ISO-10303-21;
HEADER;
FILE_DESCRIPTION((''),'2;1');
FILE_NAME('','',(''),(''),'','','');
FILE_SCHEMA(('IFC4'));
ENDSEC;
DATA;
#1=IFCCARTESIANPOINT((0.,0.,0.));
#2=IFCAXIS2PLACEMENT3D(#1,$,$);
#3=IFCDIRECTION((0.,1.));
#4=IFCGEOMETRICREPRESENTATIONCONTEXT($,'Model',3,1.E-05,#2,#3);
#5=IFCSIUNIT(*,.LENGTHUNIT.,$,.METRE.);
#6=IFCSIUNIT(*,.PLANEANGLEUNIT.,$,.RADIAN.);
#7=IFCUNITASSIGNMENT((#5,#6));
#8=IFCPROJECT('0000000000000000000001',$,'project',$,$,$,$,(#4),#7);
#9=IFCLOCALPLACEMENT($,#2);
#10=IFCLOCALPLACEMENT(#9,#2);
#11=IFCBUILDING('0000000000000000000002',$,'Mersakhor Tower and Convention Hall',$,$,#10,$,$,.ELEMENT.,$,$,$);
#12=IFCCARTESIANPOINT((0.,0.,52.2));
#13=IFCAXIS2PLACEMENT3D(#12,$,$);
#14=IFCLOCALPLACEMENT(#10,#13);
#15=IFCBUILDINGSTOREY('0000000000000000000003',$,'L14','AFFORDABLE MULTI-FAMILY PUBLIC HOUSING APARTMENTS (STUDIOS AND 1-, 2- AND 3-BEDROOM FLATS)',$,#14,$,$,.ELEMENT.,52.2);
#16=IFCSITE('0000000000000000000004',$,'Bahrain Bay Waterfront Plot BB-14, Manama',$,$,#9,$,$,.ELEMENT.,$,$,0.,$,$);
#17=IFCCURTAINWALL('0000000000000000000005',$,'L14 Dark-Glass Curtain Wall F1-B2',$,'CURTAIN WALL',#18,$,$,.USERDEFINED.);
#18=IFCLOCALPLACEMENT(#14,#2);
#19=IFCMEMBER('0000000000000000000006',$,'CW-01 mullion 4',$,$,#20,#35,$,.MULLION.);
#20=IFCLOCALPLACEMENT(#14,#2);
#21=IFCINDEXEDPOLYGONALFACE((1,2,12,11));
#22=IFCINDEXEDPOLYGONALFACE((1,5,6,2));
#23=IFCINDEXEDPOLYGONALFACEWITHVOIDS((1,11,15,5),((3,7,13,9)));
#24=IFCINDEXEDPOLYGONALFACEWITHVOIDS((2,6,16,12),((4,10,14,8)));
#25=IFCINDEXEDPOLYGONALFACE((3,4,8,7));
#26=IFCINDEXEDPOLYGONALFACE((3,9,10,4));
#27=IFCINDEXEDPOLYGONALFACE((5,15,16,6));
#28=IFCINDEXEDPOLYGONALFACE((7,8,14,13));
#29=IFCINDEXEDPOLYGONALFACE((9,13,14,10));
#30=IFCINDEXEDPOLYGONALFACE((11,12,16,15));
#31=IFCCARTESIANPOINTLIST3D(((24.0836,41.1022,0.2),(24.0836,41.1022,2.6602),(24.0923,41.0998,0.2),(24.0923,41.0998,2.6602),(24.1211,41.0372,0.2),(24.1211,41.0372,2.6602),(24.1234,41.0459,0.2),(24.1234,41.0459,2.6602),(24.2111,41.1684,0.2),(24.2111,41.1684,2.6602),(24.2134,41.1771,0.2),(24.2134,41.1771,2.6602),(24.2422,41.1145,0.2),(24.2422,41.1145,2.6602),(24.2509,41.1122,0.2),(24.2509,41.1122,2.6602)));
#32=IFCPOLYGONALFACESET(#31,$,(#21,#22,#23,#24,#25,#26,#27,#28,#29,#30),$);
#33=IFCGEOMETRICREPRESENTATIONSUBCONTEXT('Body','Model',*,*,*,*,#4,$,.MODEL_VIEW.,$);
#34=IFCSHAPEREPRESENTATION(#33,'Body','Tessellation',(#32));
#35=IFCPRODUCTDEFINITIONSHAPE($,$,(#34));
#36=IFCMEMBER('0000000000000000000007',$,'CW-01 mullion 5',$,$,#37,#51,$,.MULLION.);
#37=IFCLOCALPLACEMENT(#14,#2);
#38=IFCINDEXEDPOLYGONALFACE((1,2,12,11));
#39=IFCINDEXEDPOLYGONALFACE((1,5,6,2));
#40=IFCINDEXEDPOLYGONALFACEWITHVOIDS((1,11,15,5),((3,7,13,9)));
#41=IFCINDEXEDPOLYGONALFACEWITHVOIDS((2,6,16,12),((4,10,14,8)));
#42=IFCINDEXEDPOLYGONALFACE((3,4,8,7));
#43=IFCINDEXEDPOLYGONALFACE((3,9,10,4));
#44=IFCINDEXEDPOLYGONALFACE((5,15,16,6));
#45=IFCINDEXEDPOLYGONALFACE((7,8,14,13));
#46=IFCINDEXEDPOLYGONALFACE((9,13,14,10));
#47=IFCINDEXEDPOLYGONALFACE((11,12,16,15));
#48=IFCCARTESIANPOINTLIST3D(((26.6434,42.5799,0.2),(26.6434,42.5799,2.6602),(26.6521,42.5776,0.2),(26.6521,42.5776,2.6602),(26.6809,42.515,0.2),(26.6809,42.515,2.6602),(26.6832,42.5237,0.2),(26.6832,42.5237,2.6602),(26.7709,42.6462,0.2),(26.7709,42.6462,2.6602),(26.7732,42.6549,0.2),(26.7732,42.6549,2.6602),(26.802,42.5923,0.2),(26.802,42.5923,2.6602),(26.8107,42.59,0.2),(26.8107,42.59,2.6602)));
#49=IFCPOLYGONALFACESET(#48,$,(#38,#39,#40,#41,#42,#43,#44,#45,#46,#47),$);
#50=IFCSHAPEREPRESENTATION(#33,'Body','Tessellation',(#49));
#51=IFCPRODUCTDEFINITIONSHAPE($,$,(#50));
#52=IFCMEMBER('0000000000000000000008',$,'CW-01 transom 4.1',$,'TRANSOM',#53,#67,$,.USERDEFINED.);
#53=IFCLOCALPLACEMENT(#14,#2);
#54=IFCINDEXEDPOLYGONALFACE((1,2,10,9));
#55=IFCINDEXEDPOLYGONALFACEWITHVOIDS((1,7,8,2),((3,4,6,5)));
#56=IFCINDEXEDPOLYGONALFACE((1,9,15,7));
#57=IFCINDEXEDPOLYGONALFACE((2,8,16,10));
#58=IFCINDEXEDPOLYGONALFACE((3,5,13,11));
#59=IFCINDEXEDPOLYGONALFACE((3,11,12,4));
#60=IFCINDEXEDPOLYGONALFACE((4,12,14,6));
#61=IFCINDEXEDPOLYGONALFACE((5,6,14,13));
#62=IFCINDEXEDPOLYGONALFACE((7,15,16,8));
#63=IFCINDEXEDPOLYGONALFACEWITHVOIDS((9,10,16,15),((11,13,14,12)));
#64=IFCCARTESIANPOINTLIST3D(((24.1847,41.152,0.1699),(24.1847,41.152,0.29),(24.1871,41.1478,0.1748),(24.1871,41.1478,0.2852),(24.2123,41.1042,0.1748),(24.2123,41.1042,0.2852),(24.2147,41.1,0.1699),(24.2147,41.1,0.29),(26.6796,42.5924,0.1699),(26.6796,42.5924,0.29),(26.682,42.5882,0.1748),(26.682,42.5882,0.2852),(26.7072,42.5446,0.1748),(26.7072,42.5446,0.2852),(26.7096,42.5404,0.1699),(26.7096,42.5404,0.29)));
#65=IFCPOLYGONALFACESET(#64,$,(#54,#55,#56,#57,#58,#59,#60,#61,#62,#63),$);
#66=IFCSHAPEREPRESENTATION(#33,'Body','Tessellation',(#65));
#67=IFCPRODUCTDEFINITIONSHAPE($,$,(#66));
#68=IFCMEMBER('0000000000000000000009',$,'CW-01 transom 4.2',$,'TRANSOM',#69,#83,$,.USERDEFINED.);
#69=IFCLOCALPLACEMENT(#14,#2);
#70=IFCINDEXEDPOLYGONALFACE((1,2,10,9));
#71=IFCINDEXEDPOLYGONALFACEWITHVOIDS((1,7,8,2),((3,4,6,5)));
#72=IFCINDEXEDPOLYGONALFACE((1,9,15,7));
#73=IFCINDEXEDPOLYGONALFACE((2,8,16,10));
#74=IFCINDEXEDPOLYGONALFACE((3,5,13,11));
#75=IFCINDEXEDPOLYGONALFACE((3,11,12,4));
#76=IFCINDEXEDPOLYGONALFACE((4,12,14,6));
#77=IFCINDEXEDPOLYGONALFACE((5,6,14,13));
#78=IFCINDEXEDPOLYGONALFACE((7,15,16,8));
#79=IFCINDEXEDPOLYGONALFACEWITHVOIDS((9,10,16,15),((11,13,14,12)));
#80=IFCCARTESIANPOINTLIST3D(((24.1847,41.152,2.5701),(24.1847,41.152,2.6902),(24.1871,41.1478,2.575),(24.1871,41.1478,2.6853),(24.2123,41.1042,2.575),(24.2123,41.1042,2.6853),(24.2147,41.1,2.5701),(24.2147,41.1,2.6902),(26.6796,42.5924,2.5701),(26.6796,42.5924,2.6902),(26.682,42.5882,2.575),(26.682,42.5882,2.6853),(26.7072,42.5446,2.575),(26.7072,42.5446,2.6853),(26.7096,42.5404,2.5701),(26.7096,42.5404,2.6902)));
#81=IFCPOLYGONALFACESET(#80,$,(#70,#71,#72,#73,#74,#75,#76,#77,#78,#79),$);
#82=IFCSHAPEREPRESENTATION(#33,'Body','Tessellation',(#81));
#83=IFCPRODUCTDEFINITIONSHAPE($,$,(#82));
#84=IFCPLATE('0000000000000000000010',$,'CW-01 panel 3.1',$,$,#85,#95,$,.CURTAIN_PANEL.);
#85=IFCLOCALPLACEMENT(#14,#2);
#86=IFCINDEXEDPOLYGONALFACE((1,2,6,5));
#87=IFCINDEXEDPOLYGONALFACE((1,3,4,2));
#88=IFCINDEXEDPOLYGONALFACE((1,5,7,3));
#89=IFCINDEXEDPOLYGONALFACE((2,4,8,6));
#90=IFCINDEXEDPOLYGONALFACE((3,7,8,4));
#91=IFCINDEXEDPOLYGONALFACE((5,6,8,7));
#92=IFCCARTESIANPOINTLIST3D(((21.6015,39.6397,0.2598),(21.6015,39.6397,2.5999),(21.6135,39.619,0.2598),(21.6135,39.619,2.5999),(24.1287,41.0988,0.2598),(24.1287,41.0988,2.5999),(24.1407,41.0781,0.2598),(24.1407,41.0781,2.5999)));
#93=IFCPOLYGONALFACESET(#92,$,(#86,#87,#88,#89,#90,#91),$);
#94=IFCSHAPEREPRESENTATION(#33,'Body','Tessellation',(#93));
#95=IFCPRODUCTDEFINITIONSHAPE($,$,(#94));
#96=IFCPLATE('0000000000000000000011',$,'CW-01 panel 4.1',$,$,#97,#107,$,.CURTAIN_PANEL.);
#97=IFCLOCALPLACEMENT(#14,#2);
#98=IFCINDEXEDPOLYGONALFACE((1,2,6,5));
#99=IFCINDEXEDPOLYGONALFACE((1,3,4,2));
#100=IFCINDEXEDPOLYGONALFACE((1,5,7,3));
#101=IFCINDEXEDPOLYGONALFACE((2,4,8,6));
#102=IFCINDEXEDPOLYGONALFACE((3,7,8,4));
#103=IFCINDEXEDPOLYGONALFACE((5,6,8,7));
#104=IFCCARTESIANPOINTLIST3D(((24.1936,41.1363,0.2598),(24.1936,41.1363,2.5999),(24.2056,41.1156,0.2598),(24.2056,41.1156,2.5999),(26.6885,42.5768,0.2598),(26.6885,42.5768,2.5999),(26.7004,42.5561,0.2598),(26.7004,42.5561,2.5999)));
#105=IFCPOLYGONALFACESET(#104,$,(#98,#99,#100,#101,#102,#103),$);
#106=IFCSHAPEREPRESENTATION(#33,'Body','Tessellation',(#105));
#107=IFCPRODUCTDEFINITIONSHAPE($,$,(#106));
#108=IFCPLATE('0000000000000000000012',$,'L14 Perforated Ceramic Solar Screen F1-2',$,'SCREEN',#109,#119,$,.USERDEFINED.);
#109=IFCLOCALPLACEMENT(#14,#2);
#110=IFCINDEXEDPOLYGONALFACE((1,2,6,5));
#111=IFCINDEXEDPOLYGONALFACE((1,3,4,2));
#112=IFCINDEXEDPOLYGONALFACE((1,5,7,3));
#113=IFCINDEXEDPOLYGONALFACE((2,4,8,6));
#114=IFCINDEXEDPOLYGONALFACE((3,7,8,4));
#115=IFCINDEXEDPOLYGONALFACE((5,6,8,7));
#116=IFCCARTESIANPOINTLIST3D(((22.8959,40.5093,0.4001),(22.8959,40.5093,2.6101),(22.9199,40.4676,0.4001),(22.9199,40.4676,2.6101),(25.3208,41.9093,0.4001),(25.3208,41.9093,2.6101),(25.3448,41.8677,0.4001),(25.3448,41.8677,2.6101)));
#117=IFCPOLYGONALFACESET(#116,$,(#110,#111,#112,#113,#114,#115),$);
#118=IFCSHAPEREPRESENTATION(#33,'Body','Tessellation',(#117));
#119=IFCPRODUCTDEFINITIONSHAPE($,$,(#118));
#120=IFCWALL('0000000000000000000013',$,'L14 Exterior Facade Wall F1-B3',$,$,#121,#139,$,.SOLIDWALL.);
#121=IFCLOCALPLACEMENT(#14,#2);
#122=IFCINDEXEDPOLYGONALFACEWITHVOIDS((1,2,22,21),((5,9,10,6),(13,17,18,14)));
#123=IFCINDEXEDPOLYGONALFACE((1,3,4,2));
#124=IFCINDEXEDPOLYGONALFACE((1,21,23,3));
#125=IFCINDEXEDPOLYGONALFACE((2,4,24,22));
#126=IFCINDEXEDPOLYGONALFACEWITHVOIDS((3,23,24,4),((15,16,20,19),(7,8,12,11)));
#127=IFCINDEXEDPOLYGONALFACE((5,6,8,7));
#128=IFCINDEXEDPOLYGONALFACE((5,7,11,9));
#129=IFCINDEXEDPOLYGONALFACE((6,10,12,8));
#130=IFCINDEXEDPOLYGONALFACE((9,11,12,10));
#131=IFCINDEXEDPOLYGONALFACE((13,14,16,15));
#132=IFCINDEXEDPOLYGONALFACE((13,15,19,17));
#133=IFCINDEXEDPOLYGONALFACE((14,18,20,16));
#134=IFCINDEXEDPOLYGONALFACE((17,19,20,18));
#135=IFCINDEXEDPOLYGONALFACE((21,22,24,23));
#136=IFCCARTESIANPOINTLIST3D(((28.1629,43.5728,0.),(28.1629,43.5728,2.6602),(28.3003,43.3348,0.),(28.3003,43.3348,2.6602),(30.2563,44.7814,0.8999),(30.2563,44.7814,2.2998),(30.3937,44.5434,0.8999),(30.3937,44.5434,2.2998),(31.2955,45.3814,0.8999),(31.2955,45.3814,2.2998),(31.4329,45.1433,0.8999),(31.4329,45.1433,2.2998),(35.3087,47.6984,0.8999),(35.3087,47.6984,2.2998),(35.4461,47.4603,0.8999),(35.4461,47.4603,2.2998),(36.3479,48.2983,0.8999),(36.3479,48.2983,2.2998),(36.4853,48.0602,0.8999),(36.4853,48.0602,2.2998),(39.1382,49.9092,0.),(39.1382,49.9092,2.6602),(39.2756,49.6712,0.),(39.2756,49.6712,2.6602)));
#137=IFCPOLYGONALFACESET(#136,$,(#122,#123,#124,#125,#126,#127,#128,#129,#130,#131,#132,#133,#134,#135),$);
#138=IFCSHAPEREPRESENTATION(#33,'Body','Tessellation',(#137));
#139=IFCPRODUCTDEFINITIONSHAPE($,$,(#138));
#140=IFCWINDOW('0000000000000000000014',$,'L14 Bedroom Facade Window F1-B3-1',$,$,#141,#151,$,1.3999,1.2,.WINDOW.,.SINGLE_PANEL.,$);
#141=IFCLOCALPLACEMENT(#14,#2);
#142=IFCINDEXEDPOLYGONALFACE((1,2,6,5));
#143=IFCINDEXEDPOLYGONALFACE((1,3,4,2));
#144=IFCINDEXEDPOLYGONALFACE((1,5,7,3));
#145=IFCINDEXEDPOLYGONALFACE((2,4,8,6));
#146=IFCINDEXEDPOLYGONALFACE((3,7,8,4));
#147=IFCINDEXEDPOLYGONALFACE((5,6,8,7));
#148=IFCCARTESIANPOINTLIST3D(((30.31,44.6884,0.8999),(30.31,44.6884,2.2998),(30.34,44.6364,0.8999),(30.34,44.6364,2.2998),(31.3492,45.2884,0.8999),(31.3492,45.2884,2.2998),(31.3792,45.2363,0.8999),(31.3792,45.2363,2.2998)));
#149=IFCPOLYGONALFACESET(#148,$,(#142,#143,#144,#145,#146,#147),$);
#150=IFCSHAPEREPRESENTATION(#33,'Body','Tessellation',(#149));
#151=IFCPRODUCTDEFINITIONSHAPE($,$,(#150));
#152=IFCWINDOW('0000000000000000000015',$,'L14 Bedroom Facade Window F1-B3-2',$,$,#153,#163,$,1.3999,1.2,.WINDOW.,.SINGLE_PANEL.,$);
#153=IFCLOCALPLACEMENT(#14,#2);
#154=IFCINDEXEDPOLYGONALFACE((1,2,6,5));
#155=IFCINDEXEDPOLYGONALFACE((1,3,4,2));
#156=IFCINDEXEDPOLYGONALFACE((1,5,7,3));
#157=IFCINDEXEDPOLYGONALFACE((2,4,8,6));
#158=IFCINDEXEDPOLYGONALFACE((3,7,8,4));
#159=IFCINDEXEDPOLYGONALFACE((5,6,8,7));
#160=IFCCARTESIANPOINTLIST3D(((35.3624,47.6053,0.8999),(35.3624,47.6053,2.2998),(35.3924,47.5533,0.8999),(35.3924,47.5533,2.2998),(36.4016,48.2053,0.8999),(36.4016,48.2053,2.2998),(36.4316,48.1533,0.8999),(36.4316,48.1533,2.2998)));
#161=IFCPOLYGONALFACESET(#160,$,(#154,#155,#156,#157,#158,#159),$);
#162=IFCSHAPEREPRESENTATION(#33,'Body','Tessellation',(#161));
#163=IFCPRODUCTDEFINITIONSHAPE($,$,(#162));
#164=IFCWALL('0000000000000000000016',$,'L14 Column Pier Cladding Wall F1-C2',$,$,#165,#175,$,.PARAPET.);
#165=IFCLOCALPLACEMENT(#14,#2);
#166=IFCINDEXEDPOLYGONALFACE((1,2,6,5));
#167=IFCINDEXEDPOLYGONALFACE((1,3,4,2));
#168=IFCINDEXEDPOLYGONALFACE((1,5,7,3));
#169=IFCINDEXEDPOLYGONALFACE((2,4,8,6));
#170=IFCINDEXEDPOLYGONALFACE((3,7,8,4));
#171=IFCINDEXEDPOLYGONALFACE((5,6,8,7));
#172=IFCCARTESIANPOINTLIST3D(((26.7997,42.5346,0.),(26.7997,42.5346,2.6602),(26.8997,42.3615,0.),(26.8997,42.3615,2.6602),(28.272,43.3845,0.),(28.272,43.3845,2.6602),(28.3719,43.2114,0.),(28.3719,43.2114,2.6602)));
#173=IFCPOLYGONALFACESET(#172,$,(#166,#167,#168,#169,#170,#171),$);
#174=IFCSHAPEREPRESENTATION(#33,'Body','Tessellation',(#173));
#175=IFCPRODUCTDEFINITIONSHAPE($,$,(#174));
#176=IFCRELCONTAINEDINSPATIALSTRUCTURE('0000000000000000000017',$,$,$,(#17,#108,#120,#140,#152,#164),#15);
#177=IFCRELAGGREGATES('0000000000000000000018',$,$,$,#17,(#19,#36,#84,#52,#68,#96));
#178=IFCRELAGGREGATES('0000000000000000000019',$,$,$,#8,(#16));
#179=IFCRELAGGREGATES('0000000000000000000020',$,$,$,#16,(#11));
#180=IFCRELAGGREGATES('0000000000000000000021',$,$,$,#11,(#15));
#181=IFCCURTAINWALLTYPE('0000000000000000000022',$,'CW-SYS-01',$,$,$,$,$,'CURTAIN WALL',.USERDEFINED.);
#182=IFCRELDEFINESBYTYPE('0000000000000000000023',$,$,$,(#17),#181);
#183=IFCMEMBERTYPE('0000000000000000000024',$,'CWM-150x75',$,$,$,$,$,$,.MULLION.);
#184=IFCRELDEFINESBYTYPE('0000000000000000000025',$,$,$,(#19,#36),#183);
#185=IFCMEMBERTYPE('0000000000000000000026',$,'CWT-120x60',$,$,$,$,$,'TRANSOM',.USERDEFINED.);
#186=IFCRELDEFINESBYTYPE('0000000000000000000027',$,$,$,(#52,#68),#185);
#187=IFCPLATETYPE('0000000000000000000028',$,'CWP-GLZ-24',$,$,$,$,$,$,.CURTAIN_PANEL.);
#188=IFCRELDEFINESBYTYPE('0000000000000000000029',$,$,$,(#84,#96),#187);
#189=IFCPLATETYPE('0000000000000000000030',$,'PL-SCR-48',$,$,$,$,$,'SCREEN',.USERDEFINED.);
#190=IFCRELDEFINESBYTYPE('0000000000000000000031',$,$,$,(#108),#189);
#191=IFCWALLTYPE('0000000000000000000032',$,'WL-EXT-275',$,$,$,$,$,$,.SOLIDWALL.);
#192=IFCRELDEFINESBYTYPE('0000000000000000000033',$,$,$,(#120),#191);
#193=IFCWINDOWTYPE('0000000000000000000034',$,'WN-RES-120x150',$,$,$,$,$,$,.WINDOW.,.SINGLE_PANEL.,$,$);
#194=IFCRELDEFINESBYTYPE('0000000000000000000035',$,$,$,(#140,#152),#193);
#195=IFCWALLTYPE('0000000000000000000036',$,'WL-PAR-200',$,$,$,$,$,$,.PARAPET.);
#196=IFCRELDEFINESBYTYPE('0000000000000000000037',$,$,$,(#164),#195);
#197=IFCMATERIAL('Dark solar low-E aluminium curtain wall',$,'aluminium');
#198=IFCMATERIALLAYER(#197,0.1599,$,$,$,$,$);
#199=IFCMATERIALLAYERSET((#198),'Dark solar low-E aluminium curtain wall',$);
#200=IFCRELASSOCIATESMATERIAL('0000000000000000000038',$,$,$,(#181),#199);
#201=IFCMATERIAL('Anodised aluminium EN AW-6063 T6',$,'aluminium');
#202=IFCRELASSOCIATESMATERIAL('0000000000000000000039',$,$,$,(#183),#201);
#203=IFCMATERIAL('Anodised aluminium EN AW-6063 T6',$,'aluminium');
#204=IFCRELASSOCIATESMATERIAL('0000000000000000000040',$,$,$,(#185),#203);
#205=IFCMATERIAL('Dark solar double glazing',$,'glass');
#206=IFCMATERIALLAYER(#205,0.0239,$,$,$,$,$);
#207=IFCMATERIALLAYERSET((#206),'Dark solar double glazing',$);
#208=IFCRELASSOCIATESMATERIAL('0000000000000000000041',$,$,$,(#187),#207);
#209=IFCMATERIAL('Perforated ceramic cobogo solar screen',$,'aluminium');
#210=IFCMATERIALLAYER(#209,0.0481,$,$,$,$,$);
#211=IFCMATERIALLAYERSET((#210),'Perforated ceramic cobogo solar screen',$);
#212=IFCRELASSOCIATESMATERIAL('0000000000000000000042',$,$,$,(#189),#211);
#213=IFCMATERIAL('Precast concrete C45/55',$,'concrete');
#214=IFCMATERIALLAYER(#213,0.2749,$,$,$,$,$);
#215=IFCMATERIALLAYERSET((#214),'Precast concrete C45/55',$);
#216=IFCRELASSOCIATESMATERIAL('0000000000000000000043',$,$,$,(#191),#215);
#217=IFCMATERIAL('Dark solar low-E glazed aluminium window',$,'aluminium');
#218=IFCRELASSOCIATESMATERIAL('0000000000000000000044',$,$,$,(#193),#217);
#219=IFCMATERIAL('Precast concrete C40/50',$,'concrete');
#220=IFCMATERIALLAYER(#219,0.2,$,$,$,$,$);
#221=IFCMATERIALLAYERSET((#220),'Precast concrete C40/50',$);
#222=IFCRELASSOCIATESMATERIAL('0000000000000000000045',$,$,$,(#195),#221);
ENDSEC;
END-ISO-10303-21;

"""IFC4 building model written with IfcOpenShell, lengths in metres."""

from ifc_helpers import new_model, si_unit, direction, frame, frame_2d, origin, origin_2d, place, context, subcontext, project, spatial, rectangle, hollow_rectangle, extrude, material, layer, layer_set, material_profile, profile_set, type_object, element, fill, aggregate, save


model = new_model("IFC4")

# Units and contexts
model_context = context("Model", 3, precision=1e-05, world=origin(), true_north=direction((0.0, 1.0)))
body_context = subcontext(model_context, "Body", "Model", "MODEL_VIEW")
ifc_project = project(units=[si_unit("LENGTHUNIT", "METRE"), si_unit("PLANEANGLEUNIT", "RADIAN")], contexts=[model_context])

# Site, building, storey
site_placement = place(None, origin())
site = spatial("IfcSite", under=ifc_project, at=site_placement, Name="Bahrain Bay Waterfront Plot BB-14, Manama", CompositionType="ELEMENT", RefElevation=0.0)
building_placement = place(site_placement, origin())
building = spatial("IfcBuilding", under=site, at=building_placement, Name="Mersakhor Tower and Convention Hall", CompositionType="ELEMENT")
storey_placement = place(building_placement, frame((0.0, 0.0, 52.2)))
storey = spatial("IfcBuildingStorey", under=building, at=storey_placement, Name="L14", Description="AFFORDABLE MULTI-FAMILY PUBLIC HOUSING APARTMENTS (STUDIOS AND 1-, 2- AND 3-BEDROOM FLATS)", CompositionType="ELEMENT", Elevation=52.2)

# Curtain wall, members, plates
ifc_material_1 = material(Name="Dark solar low-E aluminium curtain wall", Category="aluminium")
ifc_layer_1 = layer(ifc_material_1, 0.1599)
ifc_layer_set_1 = layer_set([ifc_layer_1], Name="Dark solar low-E aluminium curtain wall")
curtain_wall_type = type_object("IfcCurtainWallType", Name="CW-SYS-01", ElementType="CURTAIN WALL", PredefinedType="USERDEFINED", material=ifc_layer_set_1)
curtain_wall_placement = place(storey_placement, origin())
curtain_wall = element("IfcCurtainWall", 1, at=curtain_wall_placement, inside=storey, type_object=curtain_wall_type, Name="L14 Dark-Glass Curtain Wall F1-B2", ObjectType="CURTAIN WALL", PredefinedType="USERDEFINED")
ifc_material_2 = material(Name="Anodised aluminium EN AW-6063 T6", Category="aluminium")
ifc_material_profile_1 = material_profile(ifc_material_2, hollow_rectangle(XDim=0.075, YDim=0.1499, WallThickness=0.0063, at=origin_2d()), Name="RHS 150x75x6.3")
ifc_profile_set_1 = profile_set([ifc_material_profile_1], Name="Anodised aluminium EN AW-6063 T6")
member_type_1 = type_object("IfcMemberType", Name="CWM-150x75", PredefinedType="MULLION", material=ifc_profile_set_1)
member_1_placement = place(storey_placement, frame((24.1672, 41.1072, 0.2), z_axis=(0.0, 0.0, 1.0), x_axis=(-0.500003, 0.866023, 0.0)))
member_1 = element("IfcMember", 2, at=member_1_placement, type_object=member_type_1, Name="CW-01 mullion 4", PredefinedType="MULLION", context=body_context, shape_type="SweptSolid", body=[
    extrude(hollow_rectangle(XDim=0.075, YDim=0.1499, WallThickness=0.0063, at=origin_2d()), origin(), (0.0, 0.0, 1.0), 2.4602),
])
member_2_placement = place(storey_placement, frame((26.7271, 42.585, 0.2), z_axis=(0.0, 0.0, 1.0), x_axis=(-0.500003, 0.866023, 0.0)))
member_2 = element("IfcMember", 3, at=member_2_placement, type_object=member_type_1, Name="CW-01 mullion 5", PredefinedType="MULLION", context=body_context, shape_type="SweptSolid", body=[
    extrude(hollow_rectangle(XDim=0.075, YDim=0.1499, WallThickness=0.0063, at=origin_2d()), origin(), (0.0, 0.0, 1.0), 2.4602),
])
ifc_material_3 = material(Name="Anodised aluminium EN AW-6063 T6", Category="aluminium")
ifc_material_profile_2 = material_profile(ifc_material_3, hollow_rectangle(XDim=0.0601, YDim=0.1201, WallThickness=0.0049, at=origin_2d()), Name="RHS 120x60x5")
ifc_profile_set_2 = profile_set([ifc_material_profile_2], Name="Anodised aluminium EN AW-6063 T6")
member_type_2 = type_object("IfcMemberType", Name="CWT-120x60", ElementType="TRANSOM", PredefinedType="USERDEFINED", material=ifc_profile_set_2)
member_3_placement = place(storey_placement, frame((24.1997, 41.126, 0.23), z_axis=(0.866023, 0.500004, 0.0), x_axis=(-0.500004, 0.866023, 0.0)))
member_3 = element("IfcMember", 4, at=member_3_placement, type_object=member_type_2, Name="CW-01 transom 4.1", ObjectType="TRANSOM", PredefinedType="USERDEFINED", context=body_context, shape_type="SweptSolid", body=[
    extrude(hollow_rectangle(XDim=0.0601, YDim=0.1201, WallThickness=0.0049, at=origin_2d()), origin(), (0.0, 0.0, 1.0), 2.8809),
])
member_4_placement = place(storey_placement, frame((24.1997, 41.126, 2.6301), z_axis=(0.866023, 0.500004, 0.0), x_axis=(-0.500004, 0.866023, 0.0)))
member_4 = element("IfcMember", 5, at=member_4_placement, type_object=member_type_2, Name="CW-01 transom 4.2", ObjectType="TRANSOM", PredefinedType="USERDEFINED", context=body_context, shape_type="SweptSolid", body=[
    extrude(hollow_rectangle(XDim=0.0601, YDim=0.1201, WallThickness=0.0049, at=origin_2d()), origin(), (0.0, 0.0, 1.0), 2.8809),
])
ifc_material_4 = material(Name="Dark solar double glazing", Category="glass")
ifc_layer_2 = layer(ifc_material_4, 0.0239)
ifc_layer_set_2 = layer_set([ifc_layer_2], Name="Dark solar double glazing")
plate_type_1 = type_object("IfcPlateType", Name="CWP-GLZ-24", PredefinedType="CURTAIN_PANEL", material=ifc_layer_set_2)
plate_1_placement = place(storey_placement, frame((22.8711, 40.3589, 0.2598), z_axis=(0.0, 0.0, 1.0), x_axis=(0.866023, 0.500003, 0.0)))
plate_1 = element("IfcPlate", 6, at=plate_1_placement, type_object=plate_type_1, Name="CW-01 panel 3.1", PredefinedType="CURTAIN_PANEL", context=body_context, shape_type="SweptSolid", body=[
    extrude(rectangle(XDim=2.9182, YDim=0.0239, at=origin_2d()), origin(), (0.0, 0.0, 1.0), 2.3401),
])
plate_2_placement = place(storey_placement, frame((25.447, 41.8462, 0.2598), z_axis=(0.0, 0.0, 1.0), x_axis=(0.866023, 0.500003, 0.0)))
plate_2 = element("IfcPlate", 7, at=plate_2_placement, type_object=plate_type_1, Name="CW-01 panel 4.1", PredefinedType="CURTAIN_PANEL", context=body_context, shape_type="SweptSolid", body=[
    extrude(rectangle(XDim=2.8809, YDim=0.0239, at=origin_2d()), origin(), (0.0, 0.0, 1.0), 2.3401),
])
aggregate(curtain_wall, [member_1, member_2, plate_1, member_3, member_4, plate_2])

# Plate
ifc_material_5 = material(Name="Perforated ceramic cobogo solar screen", Category="aluminium")
ifc_layer_3 = layer(ifc_material_5, 0.0481)
ifc_layer_set_3 = layer_set([ifc_layer_3], Name="Perforated ceramic cobogo solar screen")
plate_type_2 = type_object("IfcPlateType", Name="PL-SCR-48", ElementType="SCREEN", PredefinedType="USERDEFINED", material=ifc_layer_set_3)
plate_3_placement = place(storey_placement, frame((24.1204, 41.1885, 0.4001), z_axis=(0.0, 0.0, 1.0), x_axis=(0.866025, 0.5, 0.0)))
element("IfcPlate", 8, at=plate_3_placement, inside=storey, type_object=plate_type_2, Name="L14 Perforated Ceramic Solar Screen F1-2", ObjectType="SCREEN", PredefinedType="USERDEFINED", context=body_context, shape_type="SweptSolid", body=[
    extrude(rectangle(XDim=2.8, YDim=0.0481, at=origin_2d()), origin(), (0.0, 0.0, 1.0), 2.21),
])

# Wall, openings, windows
ifc_material_6 = material(Name="Precast concrete C45/55", Category="concrete")
ifc_layer_4 = layer(ifc_material_6, 0.2749)
ifc_layer_set_4 = layer_set([ifc_layer_4], Name="Precast concrete C45/55")
wall_type_1 = type_object("IfcWallType", Name="WL-EXT-275", PredefinedType="SOLIDWALL", material=ifc_layer_set_4)
wall_1_placement = place(storey_placement, frame((28.2317, 43.4539, 0.0), z_axis=(0.0, 0.0, 1.0), x_axis=(0.866032, 0.499989, 0.0)))
wall_1 = element("IfcWall", 9, at=wall_1_placement, inside=storey, type_object=wall_type_1, Name="L14 Exterior Facade Wall F1-B3", PredefinedType="SOLIDWALL", context=body_context, shape_type="SweptSolid", body=[
    extrude(rectangle(XDim=12.6731, YDim=0.2749, at=frame_2d((6.3364, 0.0))), origin(), (0.0, 0.0, 1.0), 2.6602),
])
opening_1_placement = place(wall_1_placement, frame((2.417, 0.0, 0.8999)))
opening_1 = element("IfcOpeningElement", 10, at=opening_1_placement, cuts=wall_1, PredefinedType="OPENING", context=body_context, shape_type="SweptSolid", body=[
    extrude(rectangle(XDim=1.2, YDim=1.3999, at=frame_2d((0.6001, 0.7))), frame((0.0, 0.1475, 0.0), z_axis=(0.0, -1.0, 0.0), x_axis=(1.0, 0.0, 0.0)), (0.0, 0.0, 1.0), 0.2949),
])
opening_2_placement = place(wall_1_placement, frame((8.251, 0.0, 0.8999)))
opening_2 = element("IfcOpeningElement", 11, at=opening_2_placement, cuts=wall_1, PredefinedType="OPENING", context=body_context, shape_type="SweptSolid", body=[
    extrude(rectangle(XDim=1.2, YDim=1.3999, at=frame_2d((0.6001, 0.7))), frame((0.0, 0.1475, 0.0), z_axis=(0.0, -1.0, 0.0), x_axis=(1.0, 0.0, 0.0)), (0.0, 0.0, 1.0), 0.2949),
])
ifc_material_7 = material(Name="Dark solar low-E glazed aluminium window", Category="aluminium")
window_type = type_object("IfcWindowType", Name="WN-RES-120x150", PartitioningType="SINGLE_PANEL", PredefinedType="WINDOW", material=ifc_material_7)
window_1_placement = place(opening_1_placement, origin())
window_1 = element("IfcWindow", 12, at=window_1_placement, inside=storey, type_object=window_type, Name="L14 Bedroom Facade Window F1-B3-1", OverallHeight=1.3999, OverallWidth=1.2, PartitioningType="SINGLE_PANEL", PredefinedType="WINDOW", context=body_context, shape_type="SweptSolid", body=[
    extrude(rectangle(XDim=1.2, YDim=1.3999, at=frame_2d((0.6001, 0.7))), frame((0.0, 0.03, 0.0), z_axis=(0.0, -1.0, 0.0), x_axis=(1.0, 0.0, 0.0)), (0.0, 0.0, 1.0), 0.0601),
])
fill(opening_1, window_1)
window_2_placement = place(opening_2_placement, origin())
window_2 = element("IfcWindow", 13, at=window_2_placement, inside=storey, type_object=window_type, Name="L14 Bedroom Facade Window F1-B3-2", OverallHeight=1.3999, OverallWidth=1.2, PartitioningType="SINGLE_PANEL", PredefinedType="WINDOW", context=body_context, shape_type="SweptSolid", body=[
    extrude(rectangle(XDim=1.2, YDim=1.3999, at=frame_2d((0.6001, 0.7))), frame((0.0, 0.03, 0.0), z_axis=(0.0, -1.0, 0.0), x_axis=(1.0, 0.0, 0.0)), (0.0, 0.0, 1.0), 0.0601),
])
fill(opening_2, window_2)

# Wall
ifc_material_8 = material(Name="Precast concrete C40/50", Category="concrete")
ifc_layer_5 = layer(ifc_material_8, 0.2)
ifc_layer_set_5 = layer_set([ifc_layer_5], Name="Precast concrete C40/50")
wall_type_2 = type_object("IfcWallType", Name="WL-PAR-200", PredefinedType="PARAPET", material=ifc_layer_set_5)
wall_2_placement = place(storey_placement, frame((26.8496, 42.448, 0.0), z_axis=(0.0, 0.0, 1.0), x_axis=(0.866052, 0.499955, 0.0)))
element("IfcWall", 14, at=wall_2_placement, inside=storey, type_object=wall_type_2, Name="L14 Column Pier Cladding Wall F1-C2", PredefinedType="PARAPET", context=body_context, shape_type="SweptSolid", body=[
    extrude(rectangle(XDim=1.7, YDim=0.2, at=frame_2d((0.8501, 0.0))), origin(), (0.0, 0.0, 1.0), 2.6602),
])

save(model, "model.ifc")
